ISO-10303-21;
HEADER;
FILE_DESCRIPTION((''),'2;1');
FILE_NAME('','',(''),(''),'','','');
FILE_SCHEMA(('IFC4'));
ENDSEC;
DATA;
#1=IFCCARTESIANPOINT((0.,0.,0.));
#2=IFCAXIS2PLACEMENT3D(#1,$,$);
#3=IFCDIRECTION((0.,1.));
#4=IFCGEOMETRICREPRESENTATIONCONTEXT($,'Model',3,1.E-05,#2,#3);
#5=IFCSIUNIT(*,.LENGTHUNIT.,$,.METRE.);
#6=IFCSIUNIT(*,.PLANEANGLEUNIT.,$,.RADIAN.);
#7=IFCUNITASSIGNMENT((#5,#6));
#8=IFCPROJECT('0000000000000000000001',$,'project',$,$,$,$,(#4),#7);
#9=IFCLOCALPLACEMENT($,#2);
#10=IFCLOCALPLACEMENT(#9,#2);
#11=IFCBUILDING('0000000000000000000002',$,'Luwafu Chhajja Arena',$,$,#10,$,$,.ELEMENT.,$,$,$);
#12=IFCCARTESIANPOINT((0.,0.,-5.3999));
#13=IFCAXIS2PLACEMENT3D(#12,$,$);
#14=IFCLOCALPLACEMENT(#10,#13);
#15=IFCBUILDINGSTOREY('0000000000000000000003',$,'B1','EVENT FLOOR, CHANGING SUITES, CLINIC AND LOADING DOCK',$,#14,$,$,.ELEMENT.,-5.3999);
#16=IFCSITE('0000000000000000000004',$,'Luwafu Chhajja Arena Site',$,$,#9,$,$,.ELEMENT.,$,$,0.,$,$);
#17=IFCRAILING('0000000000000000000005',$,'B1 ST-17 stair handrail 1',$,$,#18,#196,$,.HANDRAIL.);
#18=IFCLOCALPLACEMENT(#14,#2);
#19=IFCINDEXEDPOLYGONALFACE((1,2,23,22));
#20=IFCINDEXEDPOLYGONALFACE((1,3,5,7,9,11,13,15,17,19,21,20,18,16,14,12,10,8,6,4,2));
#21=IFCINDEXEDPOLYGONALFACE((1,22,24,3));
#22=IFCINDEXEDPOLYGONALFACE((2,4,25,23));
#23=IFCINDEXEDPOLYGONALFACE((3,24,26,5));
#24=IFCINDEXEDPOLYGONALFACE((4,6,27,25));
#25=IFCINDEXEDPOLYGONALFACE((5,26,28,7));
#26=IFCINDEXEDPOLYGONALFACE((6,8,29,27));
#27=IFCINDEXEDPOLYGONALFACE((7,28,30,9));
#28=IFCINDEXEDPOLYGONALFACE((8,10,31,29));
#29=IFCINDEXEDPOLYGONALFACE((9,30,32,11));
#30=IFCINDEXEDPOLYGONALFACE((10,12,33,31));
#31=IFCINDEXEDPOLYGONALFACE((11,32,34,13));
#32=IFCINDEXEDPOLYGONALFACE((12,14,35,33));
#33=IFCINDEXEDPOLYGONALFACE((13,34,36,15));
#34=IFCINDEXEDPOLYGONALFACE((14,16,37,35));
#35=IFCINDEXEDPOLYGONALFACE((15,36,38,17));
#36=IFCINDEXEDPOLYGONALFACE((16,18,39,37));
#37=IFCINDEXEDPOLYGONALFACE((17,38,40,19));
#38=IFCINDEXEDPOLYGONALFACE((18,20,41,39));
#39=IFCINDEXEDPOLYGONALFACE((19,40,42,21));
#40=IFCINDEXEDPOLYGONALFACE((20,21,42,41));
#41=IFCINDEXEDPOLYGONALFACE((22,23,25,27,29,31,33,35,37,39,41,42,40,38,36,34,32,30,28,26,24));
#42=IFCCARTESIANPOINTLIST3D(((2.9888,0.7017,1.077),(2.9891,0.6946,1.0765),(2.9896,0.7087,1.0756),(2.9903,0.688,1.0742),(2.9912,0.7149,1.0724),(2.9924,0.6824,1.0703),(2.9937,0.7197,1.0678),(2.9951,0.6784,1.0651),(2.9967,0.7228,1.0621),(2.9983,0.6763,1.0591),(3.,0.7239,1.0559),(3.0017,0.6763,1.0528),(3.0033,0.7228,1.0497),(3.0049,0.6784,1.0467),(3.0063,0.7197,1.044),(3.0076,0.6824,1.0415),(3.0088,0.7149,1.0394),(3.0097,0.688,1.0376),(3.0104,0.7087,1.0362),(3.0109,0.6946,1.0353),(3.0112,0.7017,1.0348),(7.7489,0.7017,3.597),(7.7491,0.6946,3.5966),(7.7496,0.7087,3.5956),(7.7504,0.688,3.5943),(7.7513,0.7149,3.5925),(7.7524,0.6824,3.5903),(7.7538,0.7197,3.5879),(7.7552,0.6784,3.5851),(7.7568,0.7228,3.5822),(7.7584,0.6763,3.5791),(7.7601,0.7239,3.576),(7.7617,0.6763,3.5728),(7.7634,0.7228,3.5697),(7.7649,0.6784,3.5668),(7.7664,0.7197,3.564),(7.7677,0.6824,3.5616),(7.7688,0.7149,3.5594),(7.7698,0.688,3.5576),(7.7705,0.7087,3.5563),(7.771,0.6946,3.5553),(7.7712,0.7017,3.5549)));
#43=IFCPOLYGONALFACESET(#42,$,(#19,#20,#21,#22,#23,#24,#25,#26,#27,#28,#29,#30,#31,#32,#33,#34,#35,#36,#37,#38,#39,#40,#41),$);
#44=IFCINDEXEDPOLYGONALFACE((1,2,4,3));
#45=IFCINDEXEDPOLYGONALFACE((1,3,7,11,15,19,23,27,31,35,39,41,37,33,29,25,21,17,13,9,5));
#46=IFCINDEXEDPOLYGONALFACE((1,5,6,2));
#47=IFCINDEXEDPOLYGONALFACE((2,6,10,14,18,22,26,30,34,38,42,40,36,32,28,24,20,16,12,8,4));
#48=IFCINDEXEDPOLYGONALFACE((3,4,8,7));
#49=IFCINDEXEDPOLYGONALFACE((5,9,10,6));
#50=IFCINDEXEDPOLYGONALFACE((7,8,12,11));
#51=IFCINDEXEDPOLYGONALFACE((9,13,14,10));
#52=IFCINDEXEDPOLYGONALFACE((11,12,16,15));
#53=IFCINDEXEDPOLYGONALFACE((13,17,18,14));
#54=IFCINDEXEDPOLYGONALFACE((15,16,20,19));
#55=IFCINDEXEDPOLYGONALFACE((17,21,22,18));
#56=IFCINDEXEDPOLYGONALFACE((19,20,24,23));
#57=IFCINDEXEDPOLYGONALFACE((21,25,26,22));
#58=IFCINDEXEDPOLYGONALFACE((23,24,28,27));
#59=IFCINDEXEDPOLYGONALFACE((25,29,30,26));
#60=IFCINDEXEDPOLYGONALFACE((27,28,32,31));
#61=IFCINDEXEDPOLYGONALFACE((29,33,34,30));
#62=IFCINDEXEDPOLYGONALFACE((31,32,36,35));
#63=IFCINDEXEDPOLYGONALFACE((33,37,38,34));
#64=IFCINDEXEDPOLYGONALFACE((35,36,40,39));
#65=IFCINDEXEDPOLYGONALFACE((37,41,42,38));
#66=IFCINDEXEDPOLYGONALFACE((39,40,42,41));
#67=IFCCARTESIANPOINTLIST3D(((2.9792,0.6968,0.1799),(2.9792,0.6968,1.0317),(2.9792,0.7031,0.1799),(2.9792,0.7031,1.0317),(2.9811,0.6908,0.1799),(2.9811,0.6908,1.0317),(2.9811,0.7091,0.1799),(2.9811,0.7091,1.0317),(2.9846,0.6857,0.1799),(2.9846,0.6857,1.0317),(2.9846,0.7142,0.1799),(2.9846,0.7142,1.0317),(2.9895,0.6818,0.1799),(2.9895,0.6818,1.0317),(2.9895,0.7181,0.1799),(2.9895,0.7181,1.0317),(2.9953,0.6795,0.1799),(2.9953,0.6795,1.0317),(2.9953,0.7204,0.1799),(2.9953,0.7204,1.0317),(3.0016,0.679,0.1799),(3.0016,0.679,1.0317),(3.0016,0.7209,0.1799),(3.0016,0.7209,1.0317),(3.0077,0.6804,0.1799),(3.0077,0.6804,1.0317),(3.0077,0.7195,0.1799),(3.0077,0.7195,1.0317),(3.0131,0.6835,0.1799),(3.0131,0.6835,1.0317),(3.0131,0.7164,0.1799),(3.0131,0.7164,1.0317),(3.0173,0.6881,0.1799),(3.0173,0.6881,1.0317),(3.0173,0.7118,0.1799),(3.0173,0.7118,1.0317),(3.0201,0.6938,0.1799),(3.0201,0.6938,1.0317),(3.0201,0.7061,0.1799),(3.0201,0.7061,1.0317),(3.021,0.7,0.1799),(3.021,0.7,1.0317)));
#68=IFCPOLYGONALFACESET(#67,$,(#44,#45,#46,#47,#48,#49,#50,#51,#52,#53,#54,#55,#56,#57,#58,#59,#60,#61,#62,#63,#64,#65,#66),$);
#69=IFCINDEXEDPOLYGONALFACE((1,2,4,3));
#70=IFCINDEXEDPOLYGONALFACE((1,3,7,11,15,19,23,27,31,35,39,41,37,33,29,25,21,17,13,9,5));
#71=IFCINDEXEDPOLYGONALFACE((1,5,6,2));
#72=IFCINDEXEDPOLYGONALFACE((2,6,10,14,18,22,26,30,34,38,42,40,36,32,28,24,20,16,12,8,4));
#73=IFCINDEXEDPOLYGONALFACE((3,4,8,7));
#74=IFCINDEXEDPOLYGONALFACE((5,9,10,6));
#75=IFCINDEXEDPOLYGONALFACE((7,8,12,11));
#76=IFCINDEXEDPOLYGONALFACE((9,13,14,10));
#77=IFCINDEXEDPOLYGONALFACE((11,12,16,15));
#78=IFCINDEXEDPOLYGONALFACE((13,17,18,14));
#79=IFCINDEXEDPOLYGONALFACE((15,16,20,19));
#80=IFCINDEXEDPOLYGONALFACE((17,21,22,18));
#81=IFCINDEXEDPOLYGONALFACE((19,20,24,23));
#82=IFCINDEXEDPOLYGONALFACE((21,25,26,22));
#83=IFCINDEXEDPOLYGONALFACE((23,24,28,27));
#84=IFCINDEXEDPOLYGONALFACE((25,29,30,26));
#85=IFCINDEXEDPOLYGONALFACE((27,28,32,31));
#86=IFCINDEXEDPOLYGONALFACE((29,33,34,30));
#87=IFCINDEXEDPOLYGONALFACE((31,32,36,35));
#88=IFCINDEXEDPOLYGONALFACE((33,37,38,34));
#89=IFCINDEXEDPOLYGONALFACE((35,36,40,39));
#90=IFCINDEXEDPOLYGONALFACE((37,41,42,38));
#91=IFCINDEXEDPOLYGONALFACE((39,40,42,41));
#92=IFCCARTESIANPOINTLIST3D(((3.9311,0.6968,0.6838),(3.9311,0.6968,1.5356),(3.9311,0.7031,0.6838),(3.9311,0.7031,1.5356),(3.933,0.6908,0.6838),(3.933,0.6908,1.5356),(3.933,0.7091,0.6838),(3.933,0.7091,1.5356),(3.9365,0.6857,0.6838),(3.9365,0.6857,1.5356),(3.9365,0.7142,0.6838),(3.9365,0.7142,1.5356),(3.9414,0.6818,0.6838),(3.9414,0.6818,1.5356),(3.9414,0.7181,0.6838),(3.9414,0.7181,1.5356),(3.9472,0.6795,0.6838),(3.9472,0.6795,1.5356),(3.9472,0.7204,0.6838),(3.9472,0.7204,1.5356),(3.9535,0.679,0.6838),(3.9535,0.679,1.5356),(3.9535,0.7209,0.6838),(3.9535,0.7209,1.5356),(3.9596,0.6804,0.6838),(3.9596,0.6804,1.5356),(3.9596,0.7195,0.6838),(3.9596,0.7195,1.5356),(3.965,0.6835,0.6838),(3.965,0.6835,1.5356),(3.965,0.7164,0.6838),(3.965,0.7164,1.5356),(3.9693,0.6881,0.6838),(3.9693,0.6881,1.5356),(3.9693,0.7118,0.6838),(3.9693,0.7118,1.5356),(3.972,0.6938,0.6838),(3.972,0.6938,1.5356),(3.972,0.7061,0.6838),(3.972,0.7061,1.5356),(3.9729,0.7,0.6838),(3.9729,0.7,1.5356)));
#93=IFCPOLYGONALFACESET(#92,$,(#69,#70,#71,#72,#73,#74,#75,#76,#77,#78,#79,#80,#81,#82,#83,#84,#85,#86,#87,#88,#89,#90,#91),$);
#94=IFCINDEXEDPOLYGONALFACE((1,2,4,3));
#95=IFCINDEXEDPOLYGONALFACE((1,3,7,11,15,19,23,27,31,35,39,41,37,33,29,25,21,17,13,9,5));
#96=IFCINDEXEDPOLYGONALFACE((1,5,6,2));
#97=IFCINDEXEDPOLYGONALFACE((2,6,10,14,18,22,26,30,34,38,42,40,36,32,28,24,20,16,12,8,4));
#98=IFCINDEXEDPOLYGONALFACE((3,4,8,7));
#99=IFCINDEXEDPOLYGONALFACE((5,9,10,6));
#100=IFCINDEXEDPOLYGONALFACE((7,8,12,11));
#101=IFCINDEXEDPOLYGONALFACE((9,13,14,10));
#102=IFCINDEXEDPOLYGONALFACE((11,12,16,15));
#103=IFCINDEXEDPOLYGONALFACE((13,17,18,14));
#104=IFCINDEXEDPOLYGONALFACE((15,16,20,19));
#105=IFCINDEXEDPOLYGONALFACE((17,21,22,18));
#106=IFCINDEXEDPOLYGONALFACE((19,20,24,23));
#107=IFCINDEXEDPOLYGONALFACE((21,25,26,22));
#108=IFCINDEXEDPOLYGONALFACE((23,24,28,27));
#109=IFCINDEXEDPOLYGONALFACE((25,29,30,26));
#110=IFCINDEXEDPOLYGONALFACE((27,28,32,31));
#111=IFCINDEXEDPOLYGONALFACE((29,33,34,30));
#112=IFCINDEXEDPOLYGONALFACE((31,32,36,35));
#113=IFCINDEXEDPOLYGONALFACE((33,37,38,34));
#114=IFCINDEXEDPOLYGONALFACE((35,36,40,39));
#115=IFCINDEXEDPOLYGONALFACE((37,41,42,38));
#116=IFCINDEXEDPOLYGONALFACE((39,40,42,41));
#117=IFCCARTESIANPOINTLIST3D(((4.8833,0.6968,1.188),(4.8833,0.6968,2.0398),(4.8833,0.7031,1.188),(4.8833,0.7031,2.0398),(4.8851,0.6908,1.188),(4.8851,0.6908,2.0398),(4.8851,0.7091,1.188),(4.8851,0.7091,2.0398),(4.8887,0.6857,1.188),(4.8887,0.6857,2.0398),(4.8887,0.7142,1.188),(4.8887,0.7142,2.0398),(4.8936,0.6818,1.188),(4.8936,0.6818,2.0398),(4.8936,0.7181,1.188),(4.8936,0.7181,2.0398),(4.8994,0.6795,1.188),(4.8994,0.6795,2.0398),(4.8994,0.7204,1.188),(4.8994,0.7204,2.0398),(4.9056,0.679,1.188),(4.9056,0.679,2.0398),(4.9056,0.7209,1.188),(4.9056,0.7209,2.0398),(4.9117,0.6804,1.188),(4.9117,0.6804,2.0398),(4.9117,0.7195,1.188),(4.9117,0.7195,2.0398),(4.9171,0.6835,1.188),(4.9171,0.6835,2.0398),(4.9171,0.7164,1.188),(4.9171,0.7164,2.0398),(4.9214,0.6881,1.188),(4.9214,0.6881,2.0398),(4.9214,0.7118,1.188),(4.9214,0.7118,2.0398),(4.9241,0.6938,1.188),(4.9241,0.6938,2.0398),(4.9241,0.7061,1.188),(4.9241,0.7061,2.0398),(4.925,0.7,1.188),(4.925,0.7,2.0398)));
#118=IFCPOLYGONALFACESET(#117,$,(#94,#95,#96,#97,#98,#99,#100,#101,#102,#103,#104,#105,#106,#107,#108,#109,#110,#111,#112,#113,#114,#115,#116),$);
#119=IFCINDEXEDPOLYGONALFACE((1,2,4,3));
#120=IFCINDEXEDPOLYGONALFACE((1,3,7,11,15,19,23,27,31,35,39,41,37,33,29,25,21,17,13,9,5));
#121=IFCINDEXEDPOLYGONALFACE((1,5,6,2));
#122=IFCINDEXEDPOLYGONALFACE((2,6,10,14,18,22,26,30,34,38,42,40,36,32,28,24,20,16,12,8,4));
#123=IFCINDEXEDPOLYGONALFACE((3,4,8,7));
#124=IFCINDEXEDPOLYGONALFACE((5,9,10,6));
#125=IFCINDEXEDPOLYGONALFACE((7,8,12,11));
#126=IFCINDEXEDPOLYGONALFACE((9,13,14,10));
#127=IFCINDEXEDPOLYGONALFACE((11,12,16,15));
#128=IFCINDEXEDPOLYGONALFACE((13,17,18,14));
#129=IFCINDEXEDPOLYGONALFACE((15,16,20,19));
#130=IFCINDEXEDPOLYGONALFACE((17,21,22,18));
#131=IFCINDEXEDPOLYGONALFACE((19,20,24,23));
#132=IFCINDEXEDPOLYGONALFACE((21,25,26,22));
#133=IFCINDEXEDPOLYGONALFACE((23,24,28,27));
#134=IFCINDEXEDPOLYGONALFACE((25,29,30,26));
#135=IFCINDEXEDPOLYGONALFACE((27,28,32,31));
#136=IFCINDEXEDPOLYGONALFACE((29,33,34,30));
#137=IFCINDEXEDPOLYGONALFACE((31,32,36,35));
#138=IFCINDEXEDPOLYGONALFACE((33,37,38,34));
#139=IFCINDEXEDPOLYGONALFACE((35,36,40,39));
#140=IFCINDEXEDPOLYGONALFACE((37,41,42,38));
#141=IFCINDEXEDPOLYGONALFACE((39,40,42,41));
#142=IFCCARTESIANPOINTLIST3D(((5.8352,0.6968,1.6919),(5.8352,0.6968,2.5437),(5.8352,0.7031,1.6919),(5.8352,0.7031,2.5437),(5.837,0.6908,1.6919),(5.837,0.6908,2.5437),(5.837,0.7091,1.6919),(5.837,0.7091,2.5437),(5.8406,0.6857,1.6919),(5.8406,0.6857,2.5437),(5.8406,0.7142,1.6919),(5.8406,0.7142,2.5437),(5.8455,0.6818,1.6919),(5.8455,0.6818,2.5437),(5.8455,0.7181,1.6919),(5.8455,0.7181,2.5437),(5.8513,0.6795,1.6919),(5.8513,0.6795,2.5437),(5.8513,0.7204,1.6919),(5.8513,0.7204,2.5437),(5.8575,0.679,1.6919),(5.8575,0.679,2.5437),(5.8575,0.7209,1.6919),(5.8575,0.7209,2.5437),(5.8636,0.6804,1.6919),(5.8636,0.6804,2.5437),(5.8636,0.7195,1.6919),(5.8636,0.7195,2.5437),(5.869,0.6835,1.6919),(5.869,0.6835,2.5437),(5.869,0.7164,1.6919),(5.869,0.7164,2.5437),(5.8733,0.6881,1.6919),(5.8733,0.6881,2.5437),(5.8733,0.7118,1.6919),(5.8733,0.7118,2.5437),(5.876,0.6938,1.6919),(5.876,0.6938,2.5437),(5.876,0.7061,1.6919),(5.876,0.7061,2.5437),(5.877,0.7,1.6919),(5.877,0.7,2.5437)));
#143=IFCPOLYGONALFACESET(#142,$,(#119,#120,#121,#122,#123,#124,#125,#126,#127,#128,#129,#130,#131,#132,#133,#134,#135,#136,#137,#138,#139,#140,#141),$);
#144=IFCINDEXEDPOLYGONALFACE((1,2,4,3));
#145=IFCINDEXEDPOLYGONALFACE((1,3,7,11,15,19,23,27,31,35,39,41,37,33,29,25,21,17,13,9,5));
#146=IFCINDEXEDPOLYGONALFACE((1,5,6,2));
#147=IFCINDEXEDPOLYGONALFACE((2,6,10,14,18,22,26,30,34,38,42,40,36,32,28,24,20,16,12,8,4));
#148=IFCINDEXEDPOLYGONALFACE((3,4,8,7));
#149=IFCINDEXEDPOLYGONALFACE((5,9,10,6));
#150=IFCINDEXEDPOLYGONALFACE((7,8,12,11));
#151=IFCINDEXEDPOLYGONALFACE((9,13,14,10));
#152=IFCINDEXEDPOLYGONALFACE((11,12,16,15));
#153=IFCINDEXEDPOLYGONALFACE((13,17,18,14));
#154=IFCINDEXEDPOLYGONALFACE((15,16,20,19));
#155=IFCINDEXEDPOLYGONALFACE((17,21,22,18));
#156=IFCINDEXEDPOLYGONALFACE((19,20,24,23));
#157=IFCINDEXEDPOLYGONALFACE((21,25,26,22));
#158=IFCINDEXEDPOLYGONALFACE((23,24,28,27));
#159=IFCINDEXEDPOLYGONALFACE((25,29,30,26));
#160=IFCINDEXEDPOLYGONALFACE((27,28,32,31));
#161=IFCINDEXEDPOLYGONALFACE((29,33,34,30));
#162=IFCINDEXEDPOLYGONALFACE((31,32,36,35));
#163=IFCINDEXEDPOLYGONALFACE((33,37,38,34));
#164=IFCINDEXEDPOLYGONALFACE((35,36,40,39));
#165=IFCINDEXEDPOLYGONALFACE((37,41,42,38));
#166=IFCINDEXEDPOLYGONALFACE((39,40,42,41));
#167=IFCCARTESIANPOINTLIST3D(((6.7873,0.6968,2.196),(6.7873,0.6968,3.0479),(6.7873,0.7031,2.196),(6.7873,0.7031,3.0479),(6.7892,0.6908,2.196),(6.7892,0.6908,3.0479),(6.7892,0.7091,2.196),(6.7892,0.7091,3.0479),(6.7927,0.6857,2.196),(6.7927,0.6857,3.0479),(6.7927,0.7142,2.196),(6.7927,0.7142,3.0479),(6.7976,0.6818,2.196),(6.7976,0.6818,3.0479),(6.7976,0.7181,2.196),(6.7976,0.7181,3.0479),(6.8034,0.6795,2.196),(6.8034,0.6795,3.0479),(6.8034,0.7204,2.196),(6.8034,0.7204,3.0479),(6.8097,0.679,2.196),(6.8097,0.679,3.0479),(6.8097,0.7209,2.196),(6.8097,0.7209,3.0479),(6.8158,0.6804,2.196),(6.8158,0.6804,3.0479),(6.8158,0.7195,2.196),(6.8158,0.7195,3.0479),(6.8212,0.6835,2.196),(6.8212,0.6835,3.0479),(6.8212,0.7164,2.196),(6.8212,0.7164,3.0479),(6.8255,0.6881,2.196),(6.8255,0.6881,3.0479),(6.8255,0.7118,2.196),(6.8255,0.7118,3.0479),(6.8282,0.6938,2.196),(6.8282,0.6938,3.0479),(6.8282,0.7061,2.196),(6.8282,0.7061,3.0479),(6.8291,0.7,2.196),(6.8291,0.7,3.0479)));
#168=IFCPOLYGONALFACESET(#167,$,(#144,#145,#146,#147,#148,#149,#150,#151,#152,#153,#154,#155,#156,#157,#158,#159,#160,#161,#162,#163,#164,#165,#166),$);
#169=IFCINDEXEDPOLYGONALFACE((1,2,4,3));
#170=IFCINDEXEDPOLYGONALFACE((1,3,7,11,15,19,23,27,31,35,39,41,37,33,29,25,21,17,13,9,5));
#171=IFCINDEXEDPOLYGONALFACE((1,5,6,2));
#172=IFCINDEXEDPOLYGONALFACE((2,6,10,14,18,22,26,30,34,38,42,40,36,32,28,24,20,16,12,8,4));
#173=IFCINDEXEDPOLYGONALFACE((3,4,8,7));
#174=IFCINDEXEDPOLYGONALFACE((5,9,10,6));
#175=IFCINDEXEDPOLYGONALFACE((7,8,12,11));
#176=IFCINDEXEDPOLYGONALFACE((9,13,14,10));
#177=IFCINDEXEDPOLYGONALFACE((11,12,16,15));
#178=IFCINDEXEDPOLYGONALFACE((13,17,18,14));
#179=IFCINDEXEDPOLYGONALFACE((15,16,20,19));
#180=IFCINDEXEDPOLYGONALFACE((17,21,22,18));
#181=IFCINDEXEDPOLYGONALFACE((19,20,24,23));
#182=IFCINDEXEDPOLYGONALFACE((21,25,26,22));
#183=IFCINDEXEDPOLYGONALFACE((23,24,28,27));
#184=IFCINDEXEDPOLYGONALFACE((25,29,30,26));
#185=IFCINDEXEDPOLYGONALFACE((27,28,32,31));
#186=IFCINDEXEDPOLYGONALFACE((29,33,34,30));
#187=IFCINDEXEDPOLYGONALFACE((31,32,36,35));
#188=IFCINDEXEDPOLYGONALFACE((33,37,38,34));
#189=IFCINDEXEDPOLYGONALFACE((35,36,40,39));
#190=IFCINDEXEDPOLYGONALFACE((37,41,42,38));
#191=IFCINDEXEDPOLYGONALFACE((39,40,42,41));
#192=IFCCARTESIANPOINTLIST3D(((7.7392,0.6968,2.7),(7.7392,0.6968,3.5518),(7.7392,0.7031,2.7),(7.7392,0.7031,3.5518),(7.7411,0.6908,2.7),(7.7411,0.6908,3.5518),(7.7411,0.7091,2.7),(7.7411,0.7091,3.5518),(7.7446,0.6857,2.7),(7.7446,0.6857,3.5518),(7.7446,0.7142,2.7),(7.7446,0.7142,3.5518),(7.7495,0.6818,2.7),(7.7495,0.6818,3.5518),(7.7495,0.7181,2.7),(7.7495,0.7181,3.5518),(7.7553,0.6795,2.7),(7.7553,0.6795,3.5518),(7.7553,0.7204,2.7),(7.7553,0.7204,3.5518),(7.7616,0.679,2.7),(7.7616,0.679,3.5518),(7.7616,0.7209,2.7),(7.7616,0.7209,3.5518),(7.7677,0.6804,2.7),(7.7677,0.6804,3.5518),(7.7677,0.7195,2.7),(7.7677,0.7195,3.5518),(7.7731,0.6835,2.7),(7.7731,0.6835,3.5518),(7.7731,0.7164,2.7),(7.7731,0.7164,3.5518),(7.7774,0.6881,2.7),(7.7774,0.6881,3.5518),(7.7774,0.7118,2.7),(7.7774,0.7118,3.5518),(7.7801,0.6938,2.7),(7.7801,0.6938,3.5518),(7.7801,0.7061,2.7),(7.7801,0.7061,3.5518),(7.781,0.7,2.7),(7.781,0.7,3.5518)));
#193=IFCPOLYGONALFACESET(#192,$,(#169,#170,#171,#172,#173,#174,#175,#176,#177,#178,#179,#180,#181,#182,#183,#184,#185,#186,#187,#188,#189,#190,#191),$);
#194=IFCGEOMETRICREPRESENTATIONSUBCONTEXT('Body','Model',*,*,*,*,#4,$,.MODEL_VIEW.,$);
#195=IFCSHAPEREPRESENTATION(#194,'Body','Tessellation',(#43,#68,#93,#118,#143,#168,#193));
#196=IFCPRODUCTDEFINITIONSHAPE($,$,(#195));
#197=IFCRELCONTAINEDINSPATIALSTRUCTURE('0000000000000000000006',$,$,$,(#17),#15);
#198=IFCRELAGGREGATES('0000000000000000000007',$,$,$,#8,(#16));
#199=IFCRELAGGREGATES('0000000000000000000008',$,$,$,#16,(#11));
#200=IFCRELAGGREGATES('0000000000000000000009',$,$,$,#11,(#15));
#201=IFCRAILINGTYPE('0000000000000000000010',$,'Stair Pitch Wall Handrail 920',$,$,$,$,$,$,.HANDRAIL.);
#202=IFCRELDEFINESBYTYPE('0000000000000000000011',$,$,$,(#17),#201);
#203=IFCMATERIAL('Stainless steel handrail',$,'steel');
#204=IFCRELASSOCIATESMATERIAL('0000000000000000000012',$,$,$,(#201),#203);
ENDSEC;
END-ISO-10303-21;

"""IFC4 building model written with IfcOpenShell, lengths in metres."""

from ifc_helpers import new_model, si_unit, direction, frame, origin, origin_2d, place, context, subcontext, project, spatial, circle, extrude, material, type_object, element, save


model = new_model("IFC4")

# Units and contexts
model_context = context("Model", 3, precision=1e-05, world=origin(), true_north=direction((0.0, 1.0)))
body_context = subcontext(model_context, "Body", "Model", "MODEL_VIEW")
ifc_project = project(units=[si_unit("LENGTHUNIT", "METRE"), si_unit("PLANEANGLEUNIT", "RADIAN")], contexts=[model_context])

# Site, building, storey
site_placement = place(None, origin())
site = spatial("IfcSite", under=ifc_project, at=site_placement, Name="Luwafu Chhajja Arena Site", CompositionType="ELEMENT", RefElevation=0.0)
building_placement = place(site_placement, origin())
building = spatial("IfcBuilding", under=site, at=building_placement, Name="Luwafu Chhajja Arena", CompositionType="ELEMENT")
storey_placement = place(building_placement, frame((0.0, 0.0, -5.3999)))
storey = spatial("IfcBuildingStorey", under=building, at=storey_placement, Name="B1", Description="EVENT FLOOR, CHANGING SUITES, CLINIC AND LOADING DOCK", CompositionType="ELEMENT", Elevation=-5.3999)

# Railing
ifc_material_1 = material(Name="Stainless steel handrail", Category="steel")
railing_type_1 = type_object("IfcRailingType", Name="Stair Pitch Wall Handrail 920", PredefinedType="HANDRAIL", material=ifc_material_1)
railing_1_placement = place(storey_placement, frame((3.0, 0.7, 0.1799)))
element("IfcRailing", 1, at=railing_1_placement, inside=storey, type_object=railing_type_1, Name="B1 ST-17 stair handrail 1", PredefinedType="HANDRAIL", context=body_context, shape_type="SweptSolid", body=[
    extrude(circle(Radius=0.0239, at=origin_2d()), frame((0.0, 0.0, 0.876), z_axis=(0.883787, 0.0, 0.46789), x_axis=(0.0, 1.0, 0.0)), (0.0, 0.0, 1.0), 5.386),
    extrude(circle(Radius=0.021, at=origin_2d()), origin(), (0.0, 0.0, 1.0), 0.8518),
    extrude(circle(Radius=0.021, at=origin_2d()), frame((0.9519, 0.0, 0.5039)), (0.0, 0.0, 1.0), 0.8518),
    extrude(circle(Radius=0.021, at=origin_2d()), frame((1.9041, 0.0, 1.0081)), (0.0, 0.0, 1.0), 0.8518),
    extrude(circle(Radius=0.021, at=origin_2d()), frame((2.856, 0.0, 1.512)), (0.0, 0.0, 1.0), 0.8518),
    extrude(circle(Radius=0.021, at=origin_2d()), frame((3.8081, 0.0, 2.0161)), (0.0, 0.0, 1.0), 0.8518),
    extrude(circle(Radius=0.021, at=origin_2d()), frame((4.76, 0.0, 2.52)), (0.0, 0.0, 1.0), 0.8518),
])

save(model, "model.ifc")
